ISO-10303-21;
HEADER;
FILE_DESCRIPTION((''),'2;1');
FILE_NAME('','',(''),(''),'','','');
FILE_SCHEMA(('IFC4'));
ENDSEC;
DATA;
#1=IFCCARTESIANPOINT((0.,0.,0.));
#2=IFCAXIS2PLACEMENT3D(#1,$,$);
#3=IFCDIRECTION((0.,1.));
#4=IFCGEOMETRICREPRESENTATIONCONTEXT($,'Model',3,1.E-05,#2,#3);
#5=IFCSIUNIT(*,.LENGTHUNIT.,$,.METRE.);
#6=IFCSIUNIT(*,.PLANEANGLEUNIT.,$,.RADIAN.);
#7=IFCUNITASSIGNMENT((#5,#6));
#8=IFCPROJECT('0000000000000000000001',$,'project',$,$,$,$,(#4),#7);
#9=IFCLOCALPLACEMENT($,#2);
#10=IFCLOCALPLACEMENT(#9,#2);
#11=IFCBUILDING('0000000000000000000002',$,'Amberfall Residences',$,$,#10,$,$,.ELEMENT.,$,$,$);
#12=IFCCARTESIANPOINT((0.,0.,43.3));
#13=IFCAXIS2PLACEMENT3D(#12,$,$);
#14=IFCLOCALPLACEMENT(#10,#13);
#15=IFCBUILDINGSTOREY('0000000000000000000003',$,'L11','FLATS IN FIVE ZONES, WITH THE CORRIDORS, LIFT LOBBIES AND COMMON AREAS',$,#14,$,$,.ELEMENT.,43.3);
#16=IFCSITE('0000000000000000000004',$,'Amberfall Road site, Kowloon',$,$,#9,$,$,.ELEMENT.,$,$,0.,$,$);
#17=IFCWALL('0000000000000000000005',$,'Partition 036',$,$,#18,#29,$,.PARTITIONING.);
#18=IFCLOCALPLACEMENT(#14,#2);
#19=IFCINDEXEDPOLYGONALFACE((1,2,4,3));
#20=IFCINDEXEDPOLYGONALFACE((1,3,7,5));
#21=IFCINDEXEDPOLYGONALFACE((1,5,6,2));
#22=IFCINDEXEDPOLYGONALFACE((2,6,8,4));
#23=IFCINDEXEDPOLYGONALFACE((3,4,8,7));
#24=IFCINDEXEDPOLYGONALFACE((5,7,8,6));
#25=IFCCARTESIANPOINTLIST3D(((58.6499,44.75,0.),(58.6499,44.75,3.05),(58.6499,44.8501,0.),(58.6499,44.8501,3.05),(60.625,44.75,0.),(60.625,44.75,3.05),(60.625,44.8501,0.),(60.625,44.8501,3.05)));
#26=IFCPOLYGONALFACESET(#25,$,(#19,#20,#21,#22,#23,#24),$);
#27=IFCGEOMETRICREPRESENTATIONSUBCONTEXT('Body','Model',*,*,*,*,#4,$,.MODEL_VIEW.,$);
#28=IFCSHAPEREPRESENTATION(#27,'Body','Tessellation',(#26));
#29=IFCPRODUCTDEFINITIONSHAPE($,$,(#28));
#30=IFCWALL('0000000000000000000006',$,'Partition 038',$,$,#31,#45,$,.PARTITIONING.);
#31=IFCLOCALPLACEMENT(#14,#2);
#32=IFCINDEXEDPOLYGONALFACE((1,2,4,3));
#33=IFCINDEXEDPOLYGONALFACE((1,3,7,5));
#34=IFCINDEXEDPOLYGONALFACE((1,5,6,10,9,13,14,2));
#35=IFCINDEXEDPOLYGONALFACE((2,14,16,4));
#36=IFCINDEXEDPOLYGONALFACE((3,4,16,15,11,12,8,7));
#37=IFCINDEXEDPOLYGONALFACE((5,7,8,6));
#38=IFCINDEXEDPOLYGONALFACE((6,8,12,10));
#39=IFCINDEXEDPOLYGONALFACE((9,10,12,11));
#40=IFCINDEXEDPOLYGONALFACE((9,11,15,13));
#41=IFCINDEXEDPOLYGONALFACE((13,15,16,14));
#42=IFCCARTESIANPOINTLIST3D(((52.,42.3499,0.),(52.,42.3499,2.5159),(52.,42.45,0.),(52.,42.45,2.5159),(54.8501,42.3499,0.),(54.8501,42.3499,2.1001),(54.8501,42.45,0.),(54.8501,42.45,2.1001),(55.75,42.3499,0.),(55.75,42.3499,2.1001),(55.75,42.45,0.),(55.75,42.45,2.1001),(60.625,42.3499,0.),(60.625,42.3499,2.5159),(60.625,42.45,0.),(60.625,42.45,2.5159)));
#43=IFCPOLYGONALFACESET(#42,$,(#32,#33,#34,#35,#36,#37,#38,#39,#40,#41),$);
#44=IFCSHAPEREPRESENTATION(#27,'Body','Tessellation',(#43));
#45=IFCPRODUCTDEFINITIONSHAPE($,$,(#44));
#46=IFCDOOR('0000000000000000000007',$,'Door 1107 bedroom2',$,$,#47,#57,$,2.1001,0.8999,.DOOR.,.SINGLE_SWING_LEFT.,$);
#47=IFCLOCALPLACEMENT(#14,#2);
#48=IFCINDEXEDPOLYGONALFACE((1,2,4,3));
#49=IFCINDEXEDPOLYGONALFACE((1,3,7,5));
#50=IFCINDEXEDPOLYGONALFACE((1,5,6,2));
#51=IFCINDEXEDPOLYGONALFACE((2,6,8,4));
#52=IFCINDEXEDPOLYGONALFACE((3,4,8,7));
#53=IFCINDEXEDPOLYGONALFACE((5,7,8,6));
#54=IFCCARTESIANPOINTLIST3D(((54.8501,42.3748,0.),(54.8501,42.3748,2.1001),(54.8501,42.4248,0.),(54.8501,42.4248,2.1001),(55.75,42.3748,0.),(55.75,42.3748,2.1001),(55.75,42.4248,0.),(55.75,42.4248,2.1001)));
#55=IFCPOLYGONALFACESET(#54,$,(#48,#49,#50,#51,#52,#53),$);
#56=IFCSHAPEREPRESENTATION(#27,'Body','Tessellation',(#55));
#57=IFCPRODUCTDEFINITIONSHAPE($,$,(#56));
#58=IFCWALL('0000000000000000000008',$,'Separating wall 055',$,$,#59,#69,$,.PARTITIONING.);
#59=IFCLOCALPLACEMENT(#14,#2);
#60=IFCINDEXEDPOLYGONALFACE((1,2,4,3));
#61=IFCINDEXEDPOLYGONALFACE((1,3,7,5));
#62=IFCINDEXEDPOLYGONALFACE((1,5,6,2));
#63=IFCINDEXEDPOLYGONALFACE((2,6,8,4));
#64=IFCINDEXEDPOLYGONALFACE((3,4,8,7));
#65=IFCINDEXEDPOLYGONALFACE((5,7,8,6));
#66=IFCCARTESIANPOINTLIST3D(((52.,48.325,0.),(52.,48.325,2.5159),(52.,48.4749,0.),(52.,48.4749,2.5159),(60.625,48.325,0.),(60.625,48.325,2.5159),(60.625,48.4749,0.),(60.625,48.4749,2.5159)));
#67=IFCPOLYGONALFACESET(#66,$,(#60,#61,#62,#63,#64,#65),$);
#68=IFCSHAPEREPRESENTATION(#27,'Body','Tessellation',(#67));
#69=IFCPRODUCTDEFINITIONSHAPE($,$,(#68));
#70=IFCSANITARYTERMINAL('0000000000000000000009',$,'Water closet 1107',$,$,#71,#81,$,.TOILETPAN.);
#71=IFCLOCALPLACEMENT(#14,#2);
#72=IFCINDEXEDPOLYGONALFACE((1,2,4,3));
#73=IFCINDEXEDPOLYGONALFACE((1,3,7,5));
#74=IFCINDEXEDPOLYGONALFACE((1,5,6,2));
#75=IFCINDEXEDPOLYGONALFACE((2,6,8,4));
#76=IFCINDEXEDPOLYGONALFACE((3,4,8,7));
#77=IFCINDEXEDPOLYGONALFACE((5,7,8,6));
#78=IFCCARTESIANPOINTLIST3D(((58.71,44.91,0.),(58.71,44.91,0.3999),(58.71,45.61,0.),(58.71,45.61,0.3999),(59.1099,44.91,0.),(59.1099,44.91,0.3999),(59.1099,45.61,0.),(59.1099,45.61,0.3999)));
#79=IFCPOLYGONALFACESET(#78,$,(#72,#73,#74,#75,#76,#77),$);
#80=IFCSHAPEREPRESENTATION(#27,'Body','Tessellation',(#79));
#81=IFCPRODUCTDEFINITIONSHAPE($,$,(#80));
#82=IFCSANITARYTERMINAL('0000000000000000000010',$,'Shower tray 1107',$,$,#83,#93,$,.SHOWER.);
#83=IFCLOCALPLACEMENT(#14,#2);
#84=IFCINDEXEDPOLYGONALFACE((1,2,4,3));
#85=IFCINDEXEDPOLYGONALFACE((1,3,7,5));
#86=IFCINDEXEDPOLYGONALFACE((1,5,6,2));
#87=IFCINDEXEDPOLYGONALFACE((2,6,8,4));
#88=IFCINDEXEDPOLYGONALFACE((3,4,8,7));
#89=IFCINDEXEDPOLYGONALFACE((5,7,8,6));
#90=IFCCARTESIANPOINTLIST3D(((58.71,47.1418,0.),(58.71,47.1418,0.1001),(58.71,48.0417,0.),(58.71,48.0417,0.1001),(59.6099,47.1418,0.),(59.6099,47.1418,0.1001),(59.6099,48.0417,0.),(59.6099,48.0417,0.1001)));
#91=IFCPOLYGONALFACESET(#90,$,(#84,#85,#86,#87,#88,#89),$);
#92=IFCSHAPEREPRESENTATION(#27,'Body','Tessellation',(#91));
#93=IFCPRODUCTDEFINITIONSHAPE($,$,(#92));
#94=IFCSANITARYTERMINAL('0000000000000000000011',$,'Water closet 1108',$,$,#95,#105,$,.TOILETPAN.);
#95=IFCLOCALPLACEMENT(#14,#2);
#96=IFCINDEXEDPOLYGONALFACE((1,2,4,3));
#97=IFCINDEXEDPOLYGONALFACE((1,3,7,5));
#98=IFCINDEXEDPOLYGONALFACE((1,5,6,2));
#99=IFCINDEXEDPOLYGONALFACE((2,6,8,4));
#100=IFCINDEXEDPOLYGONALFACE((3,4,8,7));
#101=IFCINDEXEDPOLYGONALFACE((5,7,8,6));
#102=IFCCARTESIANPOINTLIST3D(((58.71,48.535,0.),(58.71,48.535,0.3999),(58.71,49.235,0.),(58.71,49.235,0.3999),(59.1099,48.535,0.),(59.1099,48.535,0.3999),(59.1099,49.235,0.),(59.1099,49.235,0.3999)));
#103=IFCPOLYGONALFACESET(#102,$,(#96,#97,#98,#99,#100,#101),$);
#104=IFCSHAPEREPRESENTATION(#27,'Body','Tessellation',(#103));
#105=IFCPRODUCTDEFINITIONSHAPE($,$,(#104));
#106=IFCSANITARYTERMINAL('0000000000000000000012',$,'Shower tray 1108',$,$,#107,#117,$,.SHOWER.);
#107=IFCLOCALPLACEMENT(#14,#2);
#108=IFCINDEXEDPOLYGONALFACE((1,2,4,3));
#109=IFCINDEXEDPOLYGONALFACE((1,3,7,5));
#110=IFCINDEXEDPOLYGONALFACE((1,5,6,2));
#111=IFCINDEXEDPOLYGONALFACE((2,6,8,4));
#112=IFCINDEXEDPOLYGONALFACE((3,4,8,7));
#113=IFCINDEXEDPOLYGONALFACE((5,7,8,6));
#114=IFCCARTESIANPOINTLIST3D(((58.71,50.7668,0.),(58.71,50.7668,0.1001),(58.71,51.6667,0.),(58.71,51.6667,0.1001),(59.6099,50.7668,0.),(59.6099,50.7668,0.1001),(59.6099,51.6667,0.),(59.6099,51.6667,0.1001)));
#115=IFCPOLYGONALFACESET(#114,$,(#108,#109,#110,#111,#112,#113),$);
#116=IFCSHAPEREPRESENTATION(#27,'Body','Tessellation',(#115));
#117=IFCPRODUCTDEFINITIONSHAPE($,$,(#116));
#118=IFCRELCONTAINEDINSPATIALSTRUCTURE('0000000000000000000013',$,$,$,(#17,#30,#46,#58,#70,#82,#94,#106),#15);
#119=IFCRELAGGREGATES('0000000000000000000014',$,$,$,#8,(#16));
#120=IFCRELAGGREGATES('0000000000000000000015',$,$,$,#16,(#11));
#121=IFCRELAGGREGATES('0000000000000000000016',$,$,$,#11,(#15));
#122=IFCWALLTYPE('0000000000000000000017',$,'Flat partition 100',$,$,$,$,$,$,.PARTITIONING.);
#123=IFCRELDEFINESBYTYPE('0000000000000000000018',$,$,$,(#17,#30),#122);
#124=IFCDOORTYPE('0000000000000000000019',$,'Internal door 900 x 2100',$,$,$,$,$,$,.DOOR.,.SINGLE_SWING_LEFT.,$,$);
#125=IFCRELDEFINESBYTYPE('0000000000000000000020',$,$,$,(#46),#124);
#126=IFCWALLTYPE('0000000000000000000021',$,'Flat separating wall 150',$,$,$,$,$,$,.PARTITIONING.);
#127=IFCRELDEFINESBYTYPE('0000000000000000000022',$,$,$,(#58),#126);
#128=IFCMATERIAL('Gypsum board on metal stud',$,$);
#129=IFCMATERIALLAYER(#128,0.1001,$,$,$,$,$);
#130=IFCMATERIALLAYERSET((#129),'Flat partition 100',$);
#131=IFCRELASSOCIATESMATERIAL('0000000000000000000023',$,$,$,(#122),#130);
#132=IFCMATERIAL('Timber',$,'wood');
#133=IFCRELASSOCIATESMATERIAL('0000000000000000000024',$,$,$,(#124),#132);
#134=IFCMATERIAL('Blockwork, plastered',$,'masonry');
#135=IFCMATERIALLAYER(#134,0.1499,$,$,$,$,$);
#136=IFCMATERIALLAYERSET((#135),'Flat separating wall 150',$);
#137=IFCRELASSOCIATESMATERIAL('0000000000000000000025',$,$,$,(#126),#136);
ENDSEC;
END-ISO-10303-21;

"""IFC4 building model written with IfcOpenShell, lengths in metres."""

from ifc_helpers import new_model, si_unit, direction, frame, frame_2d, origin, origin_2d, place, context, subcontext, project, spatial, rectangle, extrude, material, layer, layer_set, type_object, element, fill, save


model = new_model("IFC4")

# Units and contexts
model_context = context("Model", 3, precision=1e-05, world=origin(), true_north=direction((0.0, 1.0)))
body_context = subcontext(model_context, "Body", "Model", "MODEL_VIEW")
ifc_project = project(units=[si_unit("LENGTHUNIT", "METRE"), si_unit("PLANEANGLEUNIT", "RADIAN")], contexts=[model_context])

# Site, building, storey
site_placement = place(None, origin())
site = spatial("IfcSite", under=ifc_project, at=site_placement, Name="Amberfall Road site, Kowloon", CompositionType="ELEMENT", RefElevation=0.0)
building_placement = place(site_placement, origin())
building = spatial("IfcBuilding", under=site, at=building_placement, Name="Amberfall Residences", CompositionType="ELEMENT")
storey_placement = place(building_placement, frame((0.0, 0.0, 43.3)))
storey = spatial("IfcBuildingStorey", under=building, at=storey_placement, Name="L11", Description="FLATS IN FIVE ZONES, WITH THE CORRIDORS, LIFT LOBBIES AND COMMON AREAS", CompositionType="ELEMENT", Elevation=43.3)

# Shared definitions
ifc_material_1 = material(Name="Gypsum board on metal stud")
ifc_layer_1 = layer(ifc_material_1, 0.1001)
ifc_layer_set_1 = layer_set([ifc_layer_1], Name="Flat partition 100")
wall_type_1 = type_object("IfcWallType", Name="Flat partition 100", PredefinedType="PARTITIONING", material=ifc_layer_set_1)
ifc_material_2 = material(Name="Timber", Category="wood")

# Wall
for number, where, z_axis, x_axis, name in (
    (1, (58.6499, 44.8, 0.0), (0.0, 0.0, 1.0), (1.0, 0.0, 0.0), "Partition 036"),
):
    element("IfcWall", number, at=place(storey_placement, frame(where, z_axis=z_axis, x_axis=x_axis)), inside=storey, type_object=wall_type_1, Name=name, PredefinedType="PARTITIONING", context=body_context, shape_type="SweptSolid", body=[
        extrude(rectangle(XDim=1.9751, YDim=0.1001, at=frame_2d((0.9875, 0.0))), origin(), (0.0, 0.0, 1.0), 3.05),
    ])

# Wall, opening, door
wall_1_placement = place(storey_placement, frame((52.0, 42.3999, 0.0), z_axis=(0.0, 0.0, 1.0), x_axis=(1.0, 0.0, 0.0)))
wall_1 = element("IfcWall", 2, at=wall_1_placement, inside=storey, type_object=wall_type_1, Name="Partition 038", PredefinedType="PARTITIONING", context=body_context, shape_type="SweptSolid", body=[
    extrude(rectangle(XDim=8.625, YDim=0.1001, at=frame_2d((4.3125, 0.0))), origin(), (0.0, 0.0, 1.0), 2.5159),
])
opening_1_placement = place(wall_1_placement, frame((2.8501, 0.0, 0.0)))
opening_1 = element("IfcOpeningElement", 3, at=opening_1_placement, cuts=wall_1, PredefinedType="OPENING", context=body_context, shape_type="SweptSolid", body=[
    extrude(rectangle(XDim=0.8999, YDim=2.1001, at=frame_2d((0.45, 1.05))), frame((0.0, 0.0601, 0.0), z_axis=(0.0, -1.0, 0.0), x_axis=(1.0, 0.0, 0.0)), (0.0, 0.0, 1.0), 0.1201),
])
door_type_1 = type_object("IfcDoorType", Name="Internal door 900 x 2100", OperationType="SINGLE_SWING_LEFT", PredefinedType="DOOR", material=ifc_material_2)
door_1_placement = place(opening_1_placement, origin())
door_1 = element("IfcDoor", 4, at=door_1_placement, inside=storey, type_object=door_type_1, Name="Door 1107 bedroom2", OperationType="SINGLE_SWING_LEFT", OverallHeight=2.1001, OverallWidth=0.8999, PredefinedType="DOOR", context=body_context, shape_type="SweptSolid", body=[
    extrude(rectangle(XDim=0.8999, YDim=2.1001, at=frame_2d((0.45, 1.05))), frame((0.0, 0.0249, 0.0), z_axis=(0.0, -1.0, 0.0), x_axis=(1.0, 0.0, 0.0)), (0.0, 0.0, 1.0), 0.05),
])
fill(opening_1, door_1)

# Wall
ifc_material_3 = material(Name="Blockwork, plastered", Category="masonry")
ifc_layer_2 = layer(ifc_material_3, 0.1499)
ifc_layer_set_2 = layer_set([ifc_layer_2], Name="Flat separating wall 150")
wall_type_2 = type_object("IfcWallType", Name="Flat separating wall 150", PredefinedType="PARTITIONING", material=ifc_layer_set_2)
wall_2_placement = place(storey_placement, frame((52.0, 48.3999, 0.0), z_axis=(0.0, 0.0, 1.0), x_axis=(1.0, 0.0, 0.0)))
element("IfcWall", 5, at=wall_2_placement, inside=storey, type_object=wall_type_2, Name="Separating wall 055", PredefinedType="PARTITIONING", context=body_context, shape_type="SweptSolid", body=[
    extrude(rectangle(XDim=8.625, YDim=0.1499, at=frame_2d((4.3125, 0.0))), origin(), (0.0, 0.0, 1.0), 2.5159),
])

# Sanitary terminals
sanitary_terminal_1_placement = place(storey_placement, frame((58.9099, 45.26, 0.0), z_axis=(0.0, 0.0, 1.0), x_axis=(1.0, 0.0, 0.0)))
element("IfcSanitaryTerminal", 6, at=sanitary_terminal_1_placement, inside=storey, Name="Water closet 1107", PredefinedType="TOILETPAN", context=body_context, shape_type="SweptSolid", body=[
    extrude(rectangle(XDim=0.3999, YDim=0.7, at=origin_2d()), origin(), (0.0, 0.0, 1.0), 0.3999),
])
sanitary_terminal_2_placement = place(storey_placement, frame((59.1599, 47.5918, 0.0), z_axis=(0.0, 0.0, 1.0), x_axis=(1.0, 0.0, 0.0)))
element("IfcSanitaryTerminal", 7, at=sanitary_terminal_2_placement, inside=storey, Name="Shower tray 1107", PredefinedType="SHOWER", context=body_context, shape_type="SweptSolid", body=[
    extrude(rectangle(XDim=0.8999, YDim=0.8999, at=origin_2d()), origin(), (0.0, 0.0, 1.0), 0.1001),
])
sanitary_terminal_3_placement = place(storey_placement, frame((58.9099, 48.885, 0.0), z_axis=(0.0, 0.0, 1.0), x_axis=(1.0, 0.0, 0.0)))
element("IfcSanitaryTerminal", 8, at=sanitary_terminal_3_placement, inside=storey, Name="Water closet 1108", PredefinedType="TOILETPAN", context=body_context, shape_type="SweptSolid", body=[
    extrude(rectangle(XDim=0.3999, YDim=0.7, at=origin_2d()), origin(), (0.0, 0.0, 1.0), 0.3999),
])
sanitary_terminal_4_placement = place(storey_placement, frame((59.1599, 51.2168, 0.0), z_axis=(0.0, 0.0, 1.0), x_axis=(1.0, 0.0, 0.0)))
element("IfcSanitaryTerminal", 9, at=sanitary_terminal_4_placement, inside=storey, Name="Shower tray 1108", PredefinedType="SHOWER", context=body_context, shape_type="SweptSolid", body=[
    extrude(rectangle(XDim=0.8999, YDim=0.8999, at=origin_2d()), origin(), (0.0, 0.0, 1.0), 0.1001),
])

save(model, "model.ifc")
